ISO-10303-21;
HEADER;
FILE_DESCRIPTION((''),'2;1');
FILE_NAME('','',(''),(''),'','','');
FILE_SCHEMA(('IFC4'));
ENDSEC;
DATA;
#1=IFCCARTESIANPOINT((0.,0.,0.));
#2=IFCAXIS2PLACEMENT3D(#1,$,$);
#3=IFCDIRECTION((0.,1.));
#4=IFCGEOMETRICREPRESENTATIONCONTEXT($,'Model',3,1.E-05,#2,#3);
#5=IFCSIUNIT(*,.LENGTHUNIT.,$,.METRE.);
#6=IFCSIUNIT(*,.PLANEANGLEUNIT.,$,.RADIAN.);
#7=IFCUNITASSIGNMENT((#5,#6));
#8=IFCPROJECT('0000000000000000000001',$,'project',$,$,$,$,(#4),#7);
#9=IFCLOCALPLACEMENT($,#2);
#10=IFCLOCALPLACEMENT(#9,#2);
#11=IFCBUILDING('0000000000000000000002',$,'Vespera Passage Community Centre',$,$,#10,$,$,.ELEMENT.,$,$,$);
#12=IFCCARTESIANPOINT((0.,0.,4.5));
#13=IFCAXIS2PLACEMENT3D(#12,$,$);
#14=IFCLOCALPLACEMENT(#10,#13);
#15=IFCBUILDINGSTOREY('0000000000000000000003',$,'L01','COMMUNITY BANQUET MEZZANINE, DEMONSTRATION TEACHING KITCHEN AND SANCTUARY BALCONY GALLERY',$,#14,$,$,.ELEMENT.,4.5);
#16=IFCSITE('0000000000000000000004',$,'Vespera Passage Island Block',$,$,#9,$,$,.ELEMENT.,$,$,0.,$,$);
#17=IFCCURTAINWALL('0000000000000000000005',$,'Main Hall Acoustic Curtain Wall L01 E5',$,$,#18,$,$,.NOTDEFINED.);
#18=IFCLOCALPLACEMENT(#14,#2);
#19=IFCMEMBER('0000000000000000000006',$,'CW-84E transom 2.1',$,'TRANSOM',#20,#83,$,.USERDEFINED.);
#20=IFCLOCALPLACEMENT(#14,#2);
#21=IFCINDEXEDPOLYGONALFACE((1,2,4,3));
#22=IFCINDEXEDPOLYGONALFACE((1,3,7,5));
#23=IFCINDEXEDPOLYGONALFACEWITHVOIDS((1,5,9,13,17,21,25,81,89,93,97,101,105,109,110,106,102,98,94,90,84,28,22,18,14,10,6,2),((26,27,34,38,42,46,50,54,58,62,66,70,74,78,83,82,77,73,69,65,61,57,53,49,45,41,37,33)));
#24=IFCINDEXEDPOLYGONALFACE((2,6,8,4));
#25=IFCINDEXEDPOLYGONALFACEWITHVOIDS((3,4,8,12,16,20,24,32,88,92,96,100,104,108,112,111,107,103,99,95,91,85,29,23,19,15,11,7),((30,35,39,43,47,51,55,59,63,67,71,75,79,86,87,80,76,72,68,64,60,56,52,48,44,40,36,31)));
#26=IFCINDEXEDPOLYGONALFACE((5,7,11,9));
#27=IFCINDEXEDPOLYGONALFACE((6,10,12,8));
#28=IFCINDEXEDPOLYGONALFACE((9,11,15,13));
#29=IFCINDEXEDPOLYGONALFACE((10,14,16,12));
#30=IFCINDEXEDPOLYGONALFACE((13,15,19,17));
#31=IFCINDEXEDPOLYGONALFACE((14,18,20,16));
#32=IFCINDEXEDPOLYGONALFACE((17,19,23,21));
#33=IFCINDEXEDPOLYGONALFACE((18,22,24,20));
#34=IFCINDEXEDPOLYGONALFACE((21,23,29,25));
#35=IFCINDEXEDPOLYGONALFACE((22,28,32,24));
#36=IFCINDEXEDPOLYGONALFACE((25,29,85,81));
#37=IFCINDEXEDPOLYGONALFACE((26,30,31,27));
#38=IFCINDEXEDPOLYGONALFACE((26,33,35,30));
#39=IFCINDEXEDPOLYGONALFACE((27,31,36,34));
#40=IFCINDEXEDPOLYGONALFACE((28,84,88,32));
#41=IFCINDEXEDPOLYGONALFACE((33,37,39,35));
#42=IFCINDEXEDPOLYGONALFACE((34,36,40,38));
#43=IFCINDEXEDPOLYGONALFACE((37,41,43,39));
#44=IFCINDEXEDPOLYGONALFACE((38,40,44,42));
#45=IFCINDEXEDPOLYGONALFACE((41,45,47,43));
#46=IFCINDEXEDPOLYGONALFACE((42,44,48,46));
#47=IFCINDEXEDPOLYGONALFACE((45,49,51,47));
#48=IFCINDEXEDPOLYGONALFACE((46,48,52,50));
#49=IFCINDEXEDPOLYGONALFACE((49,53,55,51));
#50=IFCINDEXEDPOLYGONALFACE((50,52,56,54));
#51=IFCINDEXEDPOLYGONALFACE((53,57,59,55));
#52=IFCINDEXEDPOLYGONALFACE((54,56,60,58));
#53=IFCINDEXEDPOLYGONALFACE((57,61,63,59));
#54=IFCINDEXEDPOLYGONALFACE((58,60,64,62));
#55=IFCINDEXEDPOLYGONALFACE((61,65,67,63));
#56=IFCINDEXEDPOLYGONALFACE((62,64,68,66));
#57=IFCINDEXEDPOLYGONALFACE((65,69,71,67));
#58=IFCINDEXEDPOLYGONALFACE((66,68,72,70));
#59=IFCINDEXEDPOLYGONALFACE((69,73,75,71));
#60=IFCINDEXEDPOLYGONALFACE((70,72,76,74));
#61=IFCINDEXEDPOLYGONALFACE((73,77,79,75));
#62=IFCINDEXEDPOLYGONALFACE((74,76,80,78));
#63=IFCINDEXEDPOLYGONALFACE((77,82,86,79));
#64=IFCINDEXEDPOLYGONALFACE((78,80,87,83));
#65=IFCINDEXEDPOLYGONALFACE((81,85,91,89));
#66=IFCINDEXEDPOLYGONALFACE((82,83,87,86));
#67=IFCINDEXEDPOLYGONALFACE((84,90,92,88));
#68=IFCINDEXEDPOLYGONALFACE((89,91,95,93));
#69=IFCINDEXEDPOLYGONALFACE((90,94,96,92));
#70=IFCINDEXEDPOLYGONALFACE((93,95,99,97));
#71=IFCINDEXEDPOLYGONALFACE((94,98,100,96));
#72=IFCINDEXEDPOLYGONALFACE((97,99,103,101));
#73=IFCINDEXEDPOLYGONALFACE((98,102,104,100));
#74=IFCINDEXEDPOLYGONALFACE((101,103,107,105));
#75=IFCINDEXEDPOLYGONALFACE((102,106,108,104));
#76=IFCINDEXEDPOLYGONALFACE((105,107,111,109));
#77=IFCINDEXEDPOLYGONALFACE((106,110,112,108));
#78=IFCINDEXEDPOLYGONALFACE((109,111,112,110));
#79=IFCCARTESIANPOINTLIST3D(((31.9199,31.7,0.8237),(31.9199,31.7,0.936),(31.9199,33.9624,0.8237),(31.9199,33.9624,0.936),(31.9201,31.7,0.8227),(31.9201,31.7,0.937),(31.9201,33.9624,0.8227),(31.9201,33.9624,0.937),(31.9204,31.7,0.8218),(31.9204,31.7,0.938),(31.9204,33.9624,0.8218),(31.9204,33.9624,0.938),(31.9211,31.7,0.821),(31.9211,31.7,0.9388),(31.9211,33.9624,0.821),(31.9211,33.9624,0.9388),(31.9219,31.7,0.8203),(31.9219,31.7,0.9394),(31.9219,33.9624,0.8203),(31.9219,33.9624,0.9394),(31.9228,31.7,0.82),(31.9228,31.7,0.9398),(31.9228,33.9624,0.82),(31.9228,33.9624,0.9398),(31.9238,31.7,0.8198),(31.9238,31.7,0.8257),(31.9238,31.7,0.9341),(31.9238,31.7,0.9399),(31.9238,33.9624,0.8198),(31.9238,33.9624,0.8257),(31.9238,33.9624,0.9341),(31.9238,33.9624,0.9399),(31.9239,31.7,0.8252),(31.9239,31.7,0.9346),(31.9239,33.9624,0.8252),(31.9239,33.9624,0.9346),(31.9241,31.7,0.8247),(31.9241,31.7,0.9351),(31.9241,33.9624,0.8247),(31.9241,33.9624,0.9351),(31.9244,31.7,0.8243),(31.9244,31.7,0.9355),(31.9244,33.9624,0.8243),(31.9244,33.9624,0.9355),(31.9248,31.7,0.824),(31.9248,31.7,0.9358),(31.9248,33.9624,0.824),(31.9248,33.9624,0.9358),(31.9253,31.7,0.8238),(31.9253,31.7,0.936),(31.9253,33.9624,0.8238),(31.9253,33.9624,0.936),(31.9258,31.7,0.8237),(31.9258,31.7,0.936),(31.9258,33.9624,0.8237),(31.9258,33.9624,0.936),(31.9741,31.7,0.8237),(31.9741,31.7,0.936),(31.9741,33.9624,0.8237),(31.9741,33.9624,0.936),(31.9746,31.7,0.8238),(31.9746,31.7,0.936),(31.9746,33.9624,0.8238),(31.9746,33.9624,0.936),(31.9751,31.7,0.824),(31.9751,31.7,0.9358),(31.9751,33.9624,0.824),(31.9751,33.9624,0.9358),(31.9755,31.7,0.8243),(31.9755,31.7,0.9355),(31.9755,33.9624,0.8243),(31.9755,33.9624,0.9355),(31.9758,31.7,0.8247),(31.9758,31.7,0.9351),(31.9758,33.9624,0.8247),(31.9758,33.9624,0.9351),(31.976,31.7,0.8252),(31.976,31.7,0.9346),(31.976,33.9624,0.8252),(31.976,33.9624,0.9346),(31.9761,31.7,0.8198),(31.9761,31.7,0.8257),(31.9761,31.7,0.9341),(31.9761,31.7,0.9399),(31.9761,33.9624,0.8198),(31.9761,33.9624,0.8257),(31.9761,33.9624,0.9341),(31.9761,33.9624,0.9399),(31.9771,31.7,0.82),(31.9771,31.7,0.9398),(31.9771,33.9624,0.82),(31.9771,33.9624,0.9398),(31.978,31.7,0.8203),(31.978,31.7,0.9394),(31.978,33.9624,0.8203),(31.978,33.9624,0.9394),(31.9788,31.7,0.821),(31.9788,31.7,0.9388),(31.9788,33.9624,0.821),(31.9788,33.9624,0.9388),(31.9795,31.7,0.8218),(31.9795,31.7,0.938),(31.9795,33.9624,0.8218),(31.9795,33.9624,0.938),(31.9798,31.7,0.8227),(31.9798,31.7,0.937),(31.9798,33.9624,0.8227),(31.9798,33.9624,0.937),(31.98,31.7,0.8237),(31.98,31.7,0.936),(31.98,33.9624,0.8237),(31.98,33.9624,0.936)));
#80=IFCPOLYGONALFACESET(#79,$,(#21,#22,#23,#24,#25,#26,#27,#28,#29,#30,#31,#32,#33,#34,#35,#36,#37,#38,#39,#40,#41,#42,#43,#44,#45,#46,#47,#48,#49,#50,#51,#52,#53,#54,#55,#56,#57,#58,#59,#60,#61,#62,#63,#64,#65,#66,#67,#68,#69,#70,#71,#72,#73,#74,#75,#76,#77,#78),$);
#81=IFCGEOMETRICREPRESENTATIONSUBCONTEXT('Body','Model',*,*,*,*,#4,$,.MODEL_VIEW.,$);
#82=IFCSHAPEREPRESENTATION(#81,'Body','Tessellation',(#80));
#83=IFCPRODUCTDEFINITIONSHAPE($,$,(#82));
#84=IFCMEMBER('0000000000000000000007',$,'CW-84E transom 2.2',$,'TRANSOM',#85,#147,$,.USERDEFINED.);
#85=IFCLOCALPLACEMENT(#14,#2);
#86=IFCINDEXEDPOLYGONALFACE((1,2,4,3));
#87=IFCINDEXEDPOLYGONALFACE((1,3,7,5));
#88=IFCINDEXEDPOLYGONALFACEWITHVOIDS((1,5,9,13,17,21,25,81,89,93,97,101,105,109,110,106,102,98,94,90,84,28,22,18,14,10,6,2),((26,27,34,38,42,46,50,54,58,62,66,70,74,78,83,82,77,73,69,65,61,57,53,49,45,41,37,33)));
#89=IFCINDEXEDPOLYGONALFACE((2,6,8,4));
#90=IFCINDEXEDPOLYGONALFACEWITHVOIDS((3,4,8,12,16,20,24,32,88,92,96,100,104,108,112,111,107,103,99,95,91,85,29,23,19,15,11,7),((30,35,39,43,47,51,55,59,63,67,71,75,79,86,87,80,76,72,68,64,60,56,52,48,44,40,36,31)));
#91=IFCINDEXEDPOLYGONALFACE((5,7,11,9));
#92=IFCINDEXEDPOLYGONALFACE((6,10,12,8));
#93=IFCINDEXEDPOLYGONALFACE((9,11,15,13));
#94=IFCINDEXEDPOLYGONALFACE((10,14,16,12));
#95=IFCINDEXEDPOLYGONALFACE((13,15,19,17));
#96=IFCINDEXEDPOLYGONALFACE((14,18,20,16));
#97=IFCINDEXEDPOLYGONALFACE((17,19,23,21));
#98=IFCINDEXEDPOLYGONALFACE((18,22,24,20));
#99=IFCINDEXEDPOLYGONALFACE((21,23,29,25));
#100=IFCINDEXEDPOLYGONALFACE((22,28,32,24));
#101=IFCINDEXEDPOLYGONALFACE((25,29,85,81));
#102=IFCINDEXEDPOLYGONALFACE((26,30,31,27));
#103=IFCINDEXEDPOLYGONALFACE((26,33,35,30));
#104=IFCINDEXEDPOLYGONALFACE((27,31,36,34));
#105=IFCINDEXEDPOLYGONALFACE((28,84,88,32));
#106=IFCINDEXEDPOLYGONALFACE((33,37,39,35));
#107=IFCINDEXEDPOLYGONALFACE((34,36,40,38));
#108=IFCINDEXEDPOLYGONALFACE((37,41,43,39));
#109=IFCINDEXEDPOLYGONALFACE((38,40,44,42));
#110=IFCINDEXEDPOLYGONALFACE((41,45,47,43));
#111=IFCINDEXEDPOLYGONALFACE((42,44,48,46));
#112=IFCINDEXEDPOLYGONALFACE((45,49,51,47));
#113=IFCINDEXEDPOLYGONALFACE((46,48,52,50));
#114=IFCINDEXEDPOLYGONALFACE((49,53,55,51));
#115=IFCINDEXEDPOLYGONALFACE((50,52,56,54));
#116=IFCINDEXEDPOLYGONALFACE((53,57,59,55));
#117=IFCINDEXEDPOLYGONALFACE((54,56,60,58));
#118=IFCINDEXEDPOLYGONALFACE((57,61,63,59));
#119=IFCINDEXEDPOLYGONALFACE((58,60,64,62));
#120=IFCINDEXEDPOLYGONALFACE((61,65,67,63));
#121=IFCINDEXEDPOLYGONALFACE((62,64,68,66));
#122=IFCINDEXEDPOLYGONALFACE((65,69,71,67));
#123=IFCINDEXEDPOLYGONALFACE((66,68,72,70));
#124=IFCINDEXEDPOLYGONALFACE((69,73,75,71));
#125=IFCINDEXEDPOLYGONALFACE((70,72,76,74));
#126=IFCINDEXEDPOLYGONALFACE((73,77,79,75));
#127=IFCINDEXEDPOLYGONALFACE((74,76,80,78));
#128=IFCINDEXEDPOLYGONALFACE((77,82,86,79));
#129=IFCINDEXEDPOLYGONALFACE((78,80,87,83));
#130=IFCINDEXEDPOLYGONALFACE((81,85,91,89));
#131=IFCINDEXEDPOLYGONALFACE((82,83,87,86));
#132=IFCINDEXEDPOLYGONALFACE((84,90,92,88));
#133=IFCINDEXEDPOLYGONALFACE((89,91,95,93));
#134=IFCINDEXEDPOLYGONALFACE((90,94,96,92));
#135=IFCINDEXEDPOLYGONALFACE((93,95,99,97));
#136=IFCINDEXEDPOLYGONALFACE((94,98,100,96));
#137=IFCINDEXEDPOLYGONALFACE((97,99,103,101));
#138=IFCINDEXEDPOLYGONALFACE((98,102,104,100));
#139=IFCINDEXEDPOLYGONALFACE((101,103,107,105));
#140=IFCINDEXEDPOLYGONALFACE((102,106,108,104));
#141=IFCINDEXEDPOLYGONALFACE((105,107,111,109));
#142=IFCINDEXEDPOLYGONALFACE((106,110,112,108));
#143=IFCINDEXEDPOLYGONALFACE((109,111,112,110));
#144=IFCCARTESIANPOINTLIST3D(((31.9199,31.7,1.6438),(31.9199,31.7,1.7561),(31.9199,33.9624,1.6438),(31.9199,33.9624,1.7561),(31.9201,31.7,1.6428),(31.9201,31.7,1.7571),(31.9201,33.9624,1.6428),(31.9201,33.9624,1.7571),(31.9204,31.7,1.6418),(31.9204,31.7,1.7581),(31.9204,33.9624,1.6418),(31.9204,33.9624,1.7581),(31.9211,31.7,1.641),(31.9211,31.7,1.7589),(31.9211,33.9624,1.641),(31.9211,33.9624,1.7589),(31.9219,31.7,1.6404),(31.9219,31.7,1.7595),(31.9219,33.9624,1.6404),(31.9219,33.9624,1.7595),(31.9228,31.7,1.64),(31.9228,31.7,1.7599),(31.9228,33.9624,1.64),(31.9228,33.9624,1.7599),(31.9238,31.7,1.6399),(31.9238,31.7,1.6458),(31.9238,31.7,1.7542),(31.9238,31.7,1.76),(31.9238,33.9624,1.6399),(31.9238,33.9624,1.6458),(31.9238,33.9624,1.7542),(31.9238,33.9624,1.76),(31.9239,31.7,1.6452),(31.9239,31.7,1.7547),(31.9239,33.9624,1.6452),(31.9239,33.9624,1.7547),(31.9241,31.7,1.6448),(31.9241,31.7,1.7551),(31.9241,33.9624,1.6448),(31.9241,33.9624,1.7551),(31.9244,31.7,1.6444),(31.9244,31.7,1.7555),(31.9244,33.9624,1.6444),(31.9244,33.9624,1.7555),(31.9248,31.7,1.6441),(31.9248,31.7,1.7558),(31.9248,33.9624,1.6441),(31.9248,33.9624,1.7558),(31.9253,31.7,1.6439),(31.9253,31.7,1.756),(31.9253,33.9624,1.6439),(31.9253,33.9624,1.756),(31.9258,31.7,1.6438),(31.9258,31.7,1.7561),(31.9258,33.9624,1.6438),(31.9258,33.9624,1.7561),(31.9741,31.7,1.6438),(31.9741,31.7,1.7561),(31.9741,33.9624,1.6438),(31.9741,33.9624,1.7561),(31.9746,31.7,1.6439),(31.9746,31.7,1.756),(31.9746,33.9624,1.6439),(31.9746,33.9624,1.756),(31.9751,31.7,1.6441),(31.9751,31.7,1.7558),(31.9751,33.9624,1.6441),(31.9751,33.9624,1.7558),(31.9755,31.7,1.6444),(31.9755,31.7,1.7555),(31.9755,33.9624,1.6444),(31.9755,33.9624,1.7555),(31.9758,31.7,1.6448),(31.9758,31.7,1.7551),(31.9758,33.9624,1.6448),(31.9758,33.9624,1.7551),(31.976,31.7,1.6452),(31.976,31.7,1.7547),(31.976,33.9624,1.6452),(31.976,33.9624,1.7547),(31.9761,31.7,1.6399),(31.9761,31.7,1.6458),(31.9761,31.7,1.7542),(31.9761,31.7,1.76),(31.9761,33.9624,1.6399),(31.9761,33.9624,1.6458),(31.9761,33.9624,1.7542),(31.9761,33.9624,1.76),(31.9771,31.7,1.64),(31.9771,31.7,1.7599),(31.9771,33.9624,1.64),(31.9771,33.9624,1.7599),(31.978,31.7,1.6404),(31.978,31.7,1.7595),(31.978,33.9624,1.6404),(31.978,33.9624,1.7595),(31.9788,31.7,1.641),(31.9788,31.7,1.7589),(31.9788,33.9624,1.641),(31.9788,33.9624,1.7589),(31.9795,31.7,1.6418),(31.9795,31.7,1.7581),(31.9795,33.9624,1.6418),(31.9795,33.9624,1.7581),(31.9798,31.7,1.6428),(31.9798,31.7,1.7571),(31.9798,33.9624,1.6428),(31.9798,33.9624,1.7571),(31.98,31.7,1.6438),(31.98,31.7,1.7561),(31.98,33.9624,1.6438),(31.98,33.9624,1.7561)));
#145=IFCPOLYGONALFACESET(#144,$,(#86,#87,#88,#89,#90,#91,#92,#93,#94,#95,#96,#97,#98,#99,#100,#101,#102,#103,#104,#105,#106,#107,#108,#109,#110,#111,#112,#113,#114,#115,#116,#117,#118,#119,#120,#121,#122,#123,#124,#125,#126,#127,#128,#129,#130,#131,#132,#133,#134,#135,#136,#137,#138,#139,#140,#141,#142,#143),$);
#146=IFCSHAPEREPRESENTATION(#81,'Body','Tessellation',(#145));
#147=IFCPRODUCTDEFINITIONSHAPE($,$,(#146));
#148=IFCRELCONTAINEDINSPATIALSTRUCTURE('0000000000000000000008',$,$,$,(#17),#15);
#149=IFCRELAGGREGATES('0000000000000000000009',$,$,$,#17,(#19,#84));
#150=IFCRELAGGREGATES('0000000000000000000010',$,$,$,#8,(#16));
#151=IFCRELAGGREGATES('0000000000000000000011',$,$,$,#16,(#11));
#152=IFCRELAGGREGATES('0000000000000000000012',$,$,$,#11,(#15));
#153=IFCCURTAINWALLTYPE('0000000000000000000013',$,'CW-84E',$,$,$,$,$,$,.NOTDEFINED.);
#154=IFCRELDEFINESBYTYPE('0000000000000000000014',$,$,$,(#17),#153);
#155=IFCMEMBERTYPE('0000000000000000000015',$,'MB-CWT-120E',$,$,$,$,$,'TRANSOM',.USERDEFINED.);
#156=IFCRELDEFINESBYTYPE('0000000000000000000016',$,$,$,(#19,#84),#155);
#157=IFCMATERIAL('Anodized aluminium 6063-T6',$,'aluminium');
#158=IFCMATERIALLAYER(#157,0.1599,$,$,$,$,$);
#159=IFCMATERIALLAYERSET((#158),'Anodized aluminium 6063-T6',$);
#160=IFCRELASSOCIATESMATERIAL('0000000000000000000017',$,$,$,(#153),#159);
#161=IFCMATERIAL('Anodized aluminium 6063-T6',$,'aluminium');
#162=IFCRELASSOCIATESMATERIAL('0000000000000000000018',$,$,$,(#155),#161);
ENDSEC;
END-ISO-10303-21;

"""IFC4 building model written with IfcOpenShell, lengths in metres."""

from ifc_helpers import new_model, si_unit, direction, frame, origin, origin_2d, place, context, subcontext, project, spatial, hollow_rectangle, extrude, material, layer, layer_set, material_profile, profile_set, type_object, element, aggregate, save


model = new_model("IFC4")

# Units and contexts
model_context = context("Model", 3, precision=1e-05, world=origin(), true_north=direction((0.0, 1.0)))
body_context = subcontext(model_context, "Body", "Model", "MODEL_VIEW")
ifc_project = project(units=[si_unit("LENGTHUNIT", "METRE"), si_unit("PLANEANGLEUNIT", "RADIAN")], contexts=[model_context])

# Site, building, storey
site_placement = place(None, origin())
site = spatial("IfcSite", under=ifc_project, at=site_placement, Name="Vespera Passage Island Block", CompositionType="ELEMENT", RefElevation=0.0)
building_placement = place(site_placement, origin())
building = spatial("IfcBuilding", under=site, at=building_placement, Name="Vespera Passage Community Centre", CompositionType="ELEMENT")
storey_placement = place(building_placement, frame((0.0, 0.0, 4.5)))
storey = spatial("IfcBuildingStorey", under=building, at=storey_placement, Name="L01", Description="COMMUNITY BANQUET MEZZANINE, DEMONSTRATION TEACHING KITCHEN AND SANCTUARY BALCONY GALLERY", CompositionType="ELEMENT", Elevation=4.5)

# Curtain wall
ifc_material_1 = material(Name="Anodized aluminium 6063-T6", Category="aluminium")
ifc_layer_1 = layer(ifc_material_1, 0.1599)
ifc_layer_set_1 = layer_set([ifc_layer_1], Name="Anodized aluminium 6063-T6")
curtain_wall_type = type_object("IfcCurtainWallType", Name="CW-84E", PredefinedType="NOTDEFINED", material=ifc_layer_set_1)
curtain_wall_1_placement = place(storey_placement, origin())
curtain_wall_1 = element("IfcCurtainWall", 1, at=curtain_wall_1_placement, inside=storey, type_object=curtain_wall_type, Name="Main Hall Acoustic Curtain Wall L01 E5", PredefinedType="NOTDEFINED")

# Members
ifc_material_2 = material(Name="Anodized aluminium 6063-T6", Category="aluminium")
ifc_material_profile_1 = material_profile(ifc_material_2, hollow_rectangle(XDim=0.0601, YDim=0.1201, WallThickness=0.0039, InnerFilletRadius=0.002, OuterFilletRadius=0.0039, at=origin_2d()), Name="ALU120X60X4")
ifc_profile_set_1 = profile_set([ifc_material_profile_1], Name="Anodized aluminium 6063-T6")
member_type_1 = type_object("IfcMemberType", Name="MB-CWT-120E", ElementType="TRANSOM", PredefinedType="USERDEFINED", material=ifc_profile_set_1)
member_1_placement = place(storey_placement, frame((31.95, 33.9624, 0.8799), z_axis=(0.0, -1.0, 0.0), x_axis=(1.0, 0.0, 0.0)))
member_1 = element("IfcMember", 2, at=member_1_placement, type_object=member_type_1, Name="CW-84E transom 2.1", ObjectType="TRANSOM", PredefinedType="USERDEFINED", context=body_context, shape_type="SweptSolid", body=[
    extrude(hollow_rectangle(XDim=0.0601, YDim=0.1201, WallThickness=0.0039, InnerFilletRadius=0.002, OuterFilletRadius=0.0039, at=origin_2d()), origin(), (0.0, 0.0, 1.0), 2.2625),
])
member_2_placement = place(storey_placement, frame((31.95, 33.9624, 1.7), z_axis=(0.0, -1.0, 0.0), x_axis=(1.0, 0.0, 0.0)))
member_2 = element("IfcMember", 3, at=member_2_placement, type_object=member_type_1, Name="CW-84E transom 2.2", ObjectType="TRANSOM", PredefinedType="USERDEFINED", context=body_context, shape_type="SweptSolid", body=[
    extrude(hollow_rectangle(XDim=0.0601, YDim=0.1201, WallThickness=0.0039, InnerFilletRadius=0.002, OuterFilletRadius=0.0039, at=origin_2d()), origin(), (0.0, 0.0, 1.0), 2.2625),
])

aggregate(curtain_wall_1, [member_1, member_2])

save(model, "model.ifc")
